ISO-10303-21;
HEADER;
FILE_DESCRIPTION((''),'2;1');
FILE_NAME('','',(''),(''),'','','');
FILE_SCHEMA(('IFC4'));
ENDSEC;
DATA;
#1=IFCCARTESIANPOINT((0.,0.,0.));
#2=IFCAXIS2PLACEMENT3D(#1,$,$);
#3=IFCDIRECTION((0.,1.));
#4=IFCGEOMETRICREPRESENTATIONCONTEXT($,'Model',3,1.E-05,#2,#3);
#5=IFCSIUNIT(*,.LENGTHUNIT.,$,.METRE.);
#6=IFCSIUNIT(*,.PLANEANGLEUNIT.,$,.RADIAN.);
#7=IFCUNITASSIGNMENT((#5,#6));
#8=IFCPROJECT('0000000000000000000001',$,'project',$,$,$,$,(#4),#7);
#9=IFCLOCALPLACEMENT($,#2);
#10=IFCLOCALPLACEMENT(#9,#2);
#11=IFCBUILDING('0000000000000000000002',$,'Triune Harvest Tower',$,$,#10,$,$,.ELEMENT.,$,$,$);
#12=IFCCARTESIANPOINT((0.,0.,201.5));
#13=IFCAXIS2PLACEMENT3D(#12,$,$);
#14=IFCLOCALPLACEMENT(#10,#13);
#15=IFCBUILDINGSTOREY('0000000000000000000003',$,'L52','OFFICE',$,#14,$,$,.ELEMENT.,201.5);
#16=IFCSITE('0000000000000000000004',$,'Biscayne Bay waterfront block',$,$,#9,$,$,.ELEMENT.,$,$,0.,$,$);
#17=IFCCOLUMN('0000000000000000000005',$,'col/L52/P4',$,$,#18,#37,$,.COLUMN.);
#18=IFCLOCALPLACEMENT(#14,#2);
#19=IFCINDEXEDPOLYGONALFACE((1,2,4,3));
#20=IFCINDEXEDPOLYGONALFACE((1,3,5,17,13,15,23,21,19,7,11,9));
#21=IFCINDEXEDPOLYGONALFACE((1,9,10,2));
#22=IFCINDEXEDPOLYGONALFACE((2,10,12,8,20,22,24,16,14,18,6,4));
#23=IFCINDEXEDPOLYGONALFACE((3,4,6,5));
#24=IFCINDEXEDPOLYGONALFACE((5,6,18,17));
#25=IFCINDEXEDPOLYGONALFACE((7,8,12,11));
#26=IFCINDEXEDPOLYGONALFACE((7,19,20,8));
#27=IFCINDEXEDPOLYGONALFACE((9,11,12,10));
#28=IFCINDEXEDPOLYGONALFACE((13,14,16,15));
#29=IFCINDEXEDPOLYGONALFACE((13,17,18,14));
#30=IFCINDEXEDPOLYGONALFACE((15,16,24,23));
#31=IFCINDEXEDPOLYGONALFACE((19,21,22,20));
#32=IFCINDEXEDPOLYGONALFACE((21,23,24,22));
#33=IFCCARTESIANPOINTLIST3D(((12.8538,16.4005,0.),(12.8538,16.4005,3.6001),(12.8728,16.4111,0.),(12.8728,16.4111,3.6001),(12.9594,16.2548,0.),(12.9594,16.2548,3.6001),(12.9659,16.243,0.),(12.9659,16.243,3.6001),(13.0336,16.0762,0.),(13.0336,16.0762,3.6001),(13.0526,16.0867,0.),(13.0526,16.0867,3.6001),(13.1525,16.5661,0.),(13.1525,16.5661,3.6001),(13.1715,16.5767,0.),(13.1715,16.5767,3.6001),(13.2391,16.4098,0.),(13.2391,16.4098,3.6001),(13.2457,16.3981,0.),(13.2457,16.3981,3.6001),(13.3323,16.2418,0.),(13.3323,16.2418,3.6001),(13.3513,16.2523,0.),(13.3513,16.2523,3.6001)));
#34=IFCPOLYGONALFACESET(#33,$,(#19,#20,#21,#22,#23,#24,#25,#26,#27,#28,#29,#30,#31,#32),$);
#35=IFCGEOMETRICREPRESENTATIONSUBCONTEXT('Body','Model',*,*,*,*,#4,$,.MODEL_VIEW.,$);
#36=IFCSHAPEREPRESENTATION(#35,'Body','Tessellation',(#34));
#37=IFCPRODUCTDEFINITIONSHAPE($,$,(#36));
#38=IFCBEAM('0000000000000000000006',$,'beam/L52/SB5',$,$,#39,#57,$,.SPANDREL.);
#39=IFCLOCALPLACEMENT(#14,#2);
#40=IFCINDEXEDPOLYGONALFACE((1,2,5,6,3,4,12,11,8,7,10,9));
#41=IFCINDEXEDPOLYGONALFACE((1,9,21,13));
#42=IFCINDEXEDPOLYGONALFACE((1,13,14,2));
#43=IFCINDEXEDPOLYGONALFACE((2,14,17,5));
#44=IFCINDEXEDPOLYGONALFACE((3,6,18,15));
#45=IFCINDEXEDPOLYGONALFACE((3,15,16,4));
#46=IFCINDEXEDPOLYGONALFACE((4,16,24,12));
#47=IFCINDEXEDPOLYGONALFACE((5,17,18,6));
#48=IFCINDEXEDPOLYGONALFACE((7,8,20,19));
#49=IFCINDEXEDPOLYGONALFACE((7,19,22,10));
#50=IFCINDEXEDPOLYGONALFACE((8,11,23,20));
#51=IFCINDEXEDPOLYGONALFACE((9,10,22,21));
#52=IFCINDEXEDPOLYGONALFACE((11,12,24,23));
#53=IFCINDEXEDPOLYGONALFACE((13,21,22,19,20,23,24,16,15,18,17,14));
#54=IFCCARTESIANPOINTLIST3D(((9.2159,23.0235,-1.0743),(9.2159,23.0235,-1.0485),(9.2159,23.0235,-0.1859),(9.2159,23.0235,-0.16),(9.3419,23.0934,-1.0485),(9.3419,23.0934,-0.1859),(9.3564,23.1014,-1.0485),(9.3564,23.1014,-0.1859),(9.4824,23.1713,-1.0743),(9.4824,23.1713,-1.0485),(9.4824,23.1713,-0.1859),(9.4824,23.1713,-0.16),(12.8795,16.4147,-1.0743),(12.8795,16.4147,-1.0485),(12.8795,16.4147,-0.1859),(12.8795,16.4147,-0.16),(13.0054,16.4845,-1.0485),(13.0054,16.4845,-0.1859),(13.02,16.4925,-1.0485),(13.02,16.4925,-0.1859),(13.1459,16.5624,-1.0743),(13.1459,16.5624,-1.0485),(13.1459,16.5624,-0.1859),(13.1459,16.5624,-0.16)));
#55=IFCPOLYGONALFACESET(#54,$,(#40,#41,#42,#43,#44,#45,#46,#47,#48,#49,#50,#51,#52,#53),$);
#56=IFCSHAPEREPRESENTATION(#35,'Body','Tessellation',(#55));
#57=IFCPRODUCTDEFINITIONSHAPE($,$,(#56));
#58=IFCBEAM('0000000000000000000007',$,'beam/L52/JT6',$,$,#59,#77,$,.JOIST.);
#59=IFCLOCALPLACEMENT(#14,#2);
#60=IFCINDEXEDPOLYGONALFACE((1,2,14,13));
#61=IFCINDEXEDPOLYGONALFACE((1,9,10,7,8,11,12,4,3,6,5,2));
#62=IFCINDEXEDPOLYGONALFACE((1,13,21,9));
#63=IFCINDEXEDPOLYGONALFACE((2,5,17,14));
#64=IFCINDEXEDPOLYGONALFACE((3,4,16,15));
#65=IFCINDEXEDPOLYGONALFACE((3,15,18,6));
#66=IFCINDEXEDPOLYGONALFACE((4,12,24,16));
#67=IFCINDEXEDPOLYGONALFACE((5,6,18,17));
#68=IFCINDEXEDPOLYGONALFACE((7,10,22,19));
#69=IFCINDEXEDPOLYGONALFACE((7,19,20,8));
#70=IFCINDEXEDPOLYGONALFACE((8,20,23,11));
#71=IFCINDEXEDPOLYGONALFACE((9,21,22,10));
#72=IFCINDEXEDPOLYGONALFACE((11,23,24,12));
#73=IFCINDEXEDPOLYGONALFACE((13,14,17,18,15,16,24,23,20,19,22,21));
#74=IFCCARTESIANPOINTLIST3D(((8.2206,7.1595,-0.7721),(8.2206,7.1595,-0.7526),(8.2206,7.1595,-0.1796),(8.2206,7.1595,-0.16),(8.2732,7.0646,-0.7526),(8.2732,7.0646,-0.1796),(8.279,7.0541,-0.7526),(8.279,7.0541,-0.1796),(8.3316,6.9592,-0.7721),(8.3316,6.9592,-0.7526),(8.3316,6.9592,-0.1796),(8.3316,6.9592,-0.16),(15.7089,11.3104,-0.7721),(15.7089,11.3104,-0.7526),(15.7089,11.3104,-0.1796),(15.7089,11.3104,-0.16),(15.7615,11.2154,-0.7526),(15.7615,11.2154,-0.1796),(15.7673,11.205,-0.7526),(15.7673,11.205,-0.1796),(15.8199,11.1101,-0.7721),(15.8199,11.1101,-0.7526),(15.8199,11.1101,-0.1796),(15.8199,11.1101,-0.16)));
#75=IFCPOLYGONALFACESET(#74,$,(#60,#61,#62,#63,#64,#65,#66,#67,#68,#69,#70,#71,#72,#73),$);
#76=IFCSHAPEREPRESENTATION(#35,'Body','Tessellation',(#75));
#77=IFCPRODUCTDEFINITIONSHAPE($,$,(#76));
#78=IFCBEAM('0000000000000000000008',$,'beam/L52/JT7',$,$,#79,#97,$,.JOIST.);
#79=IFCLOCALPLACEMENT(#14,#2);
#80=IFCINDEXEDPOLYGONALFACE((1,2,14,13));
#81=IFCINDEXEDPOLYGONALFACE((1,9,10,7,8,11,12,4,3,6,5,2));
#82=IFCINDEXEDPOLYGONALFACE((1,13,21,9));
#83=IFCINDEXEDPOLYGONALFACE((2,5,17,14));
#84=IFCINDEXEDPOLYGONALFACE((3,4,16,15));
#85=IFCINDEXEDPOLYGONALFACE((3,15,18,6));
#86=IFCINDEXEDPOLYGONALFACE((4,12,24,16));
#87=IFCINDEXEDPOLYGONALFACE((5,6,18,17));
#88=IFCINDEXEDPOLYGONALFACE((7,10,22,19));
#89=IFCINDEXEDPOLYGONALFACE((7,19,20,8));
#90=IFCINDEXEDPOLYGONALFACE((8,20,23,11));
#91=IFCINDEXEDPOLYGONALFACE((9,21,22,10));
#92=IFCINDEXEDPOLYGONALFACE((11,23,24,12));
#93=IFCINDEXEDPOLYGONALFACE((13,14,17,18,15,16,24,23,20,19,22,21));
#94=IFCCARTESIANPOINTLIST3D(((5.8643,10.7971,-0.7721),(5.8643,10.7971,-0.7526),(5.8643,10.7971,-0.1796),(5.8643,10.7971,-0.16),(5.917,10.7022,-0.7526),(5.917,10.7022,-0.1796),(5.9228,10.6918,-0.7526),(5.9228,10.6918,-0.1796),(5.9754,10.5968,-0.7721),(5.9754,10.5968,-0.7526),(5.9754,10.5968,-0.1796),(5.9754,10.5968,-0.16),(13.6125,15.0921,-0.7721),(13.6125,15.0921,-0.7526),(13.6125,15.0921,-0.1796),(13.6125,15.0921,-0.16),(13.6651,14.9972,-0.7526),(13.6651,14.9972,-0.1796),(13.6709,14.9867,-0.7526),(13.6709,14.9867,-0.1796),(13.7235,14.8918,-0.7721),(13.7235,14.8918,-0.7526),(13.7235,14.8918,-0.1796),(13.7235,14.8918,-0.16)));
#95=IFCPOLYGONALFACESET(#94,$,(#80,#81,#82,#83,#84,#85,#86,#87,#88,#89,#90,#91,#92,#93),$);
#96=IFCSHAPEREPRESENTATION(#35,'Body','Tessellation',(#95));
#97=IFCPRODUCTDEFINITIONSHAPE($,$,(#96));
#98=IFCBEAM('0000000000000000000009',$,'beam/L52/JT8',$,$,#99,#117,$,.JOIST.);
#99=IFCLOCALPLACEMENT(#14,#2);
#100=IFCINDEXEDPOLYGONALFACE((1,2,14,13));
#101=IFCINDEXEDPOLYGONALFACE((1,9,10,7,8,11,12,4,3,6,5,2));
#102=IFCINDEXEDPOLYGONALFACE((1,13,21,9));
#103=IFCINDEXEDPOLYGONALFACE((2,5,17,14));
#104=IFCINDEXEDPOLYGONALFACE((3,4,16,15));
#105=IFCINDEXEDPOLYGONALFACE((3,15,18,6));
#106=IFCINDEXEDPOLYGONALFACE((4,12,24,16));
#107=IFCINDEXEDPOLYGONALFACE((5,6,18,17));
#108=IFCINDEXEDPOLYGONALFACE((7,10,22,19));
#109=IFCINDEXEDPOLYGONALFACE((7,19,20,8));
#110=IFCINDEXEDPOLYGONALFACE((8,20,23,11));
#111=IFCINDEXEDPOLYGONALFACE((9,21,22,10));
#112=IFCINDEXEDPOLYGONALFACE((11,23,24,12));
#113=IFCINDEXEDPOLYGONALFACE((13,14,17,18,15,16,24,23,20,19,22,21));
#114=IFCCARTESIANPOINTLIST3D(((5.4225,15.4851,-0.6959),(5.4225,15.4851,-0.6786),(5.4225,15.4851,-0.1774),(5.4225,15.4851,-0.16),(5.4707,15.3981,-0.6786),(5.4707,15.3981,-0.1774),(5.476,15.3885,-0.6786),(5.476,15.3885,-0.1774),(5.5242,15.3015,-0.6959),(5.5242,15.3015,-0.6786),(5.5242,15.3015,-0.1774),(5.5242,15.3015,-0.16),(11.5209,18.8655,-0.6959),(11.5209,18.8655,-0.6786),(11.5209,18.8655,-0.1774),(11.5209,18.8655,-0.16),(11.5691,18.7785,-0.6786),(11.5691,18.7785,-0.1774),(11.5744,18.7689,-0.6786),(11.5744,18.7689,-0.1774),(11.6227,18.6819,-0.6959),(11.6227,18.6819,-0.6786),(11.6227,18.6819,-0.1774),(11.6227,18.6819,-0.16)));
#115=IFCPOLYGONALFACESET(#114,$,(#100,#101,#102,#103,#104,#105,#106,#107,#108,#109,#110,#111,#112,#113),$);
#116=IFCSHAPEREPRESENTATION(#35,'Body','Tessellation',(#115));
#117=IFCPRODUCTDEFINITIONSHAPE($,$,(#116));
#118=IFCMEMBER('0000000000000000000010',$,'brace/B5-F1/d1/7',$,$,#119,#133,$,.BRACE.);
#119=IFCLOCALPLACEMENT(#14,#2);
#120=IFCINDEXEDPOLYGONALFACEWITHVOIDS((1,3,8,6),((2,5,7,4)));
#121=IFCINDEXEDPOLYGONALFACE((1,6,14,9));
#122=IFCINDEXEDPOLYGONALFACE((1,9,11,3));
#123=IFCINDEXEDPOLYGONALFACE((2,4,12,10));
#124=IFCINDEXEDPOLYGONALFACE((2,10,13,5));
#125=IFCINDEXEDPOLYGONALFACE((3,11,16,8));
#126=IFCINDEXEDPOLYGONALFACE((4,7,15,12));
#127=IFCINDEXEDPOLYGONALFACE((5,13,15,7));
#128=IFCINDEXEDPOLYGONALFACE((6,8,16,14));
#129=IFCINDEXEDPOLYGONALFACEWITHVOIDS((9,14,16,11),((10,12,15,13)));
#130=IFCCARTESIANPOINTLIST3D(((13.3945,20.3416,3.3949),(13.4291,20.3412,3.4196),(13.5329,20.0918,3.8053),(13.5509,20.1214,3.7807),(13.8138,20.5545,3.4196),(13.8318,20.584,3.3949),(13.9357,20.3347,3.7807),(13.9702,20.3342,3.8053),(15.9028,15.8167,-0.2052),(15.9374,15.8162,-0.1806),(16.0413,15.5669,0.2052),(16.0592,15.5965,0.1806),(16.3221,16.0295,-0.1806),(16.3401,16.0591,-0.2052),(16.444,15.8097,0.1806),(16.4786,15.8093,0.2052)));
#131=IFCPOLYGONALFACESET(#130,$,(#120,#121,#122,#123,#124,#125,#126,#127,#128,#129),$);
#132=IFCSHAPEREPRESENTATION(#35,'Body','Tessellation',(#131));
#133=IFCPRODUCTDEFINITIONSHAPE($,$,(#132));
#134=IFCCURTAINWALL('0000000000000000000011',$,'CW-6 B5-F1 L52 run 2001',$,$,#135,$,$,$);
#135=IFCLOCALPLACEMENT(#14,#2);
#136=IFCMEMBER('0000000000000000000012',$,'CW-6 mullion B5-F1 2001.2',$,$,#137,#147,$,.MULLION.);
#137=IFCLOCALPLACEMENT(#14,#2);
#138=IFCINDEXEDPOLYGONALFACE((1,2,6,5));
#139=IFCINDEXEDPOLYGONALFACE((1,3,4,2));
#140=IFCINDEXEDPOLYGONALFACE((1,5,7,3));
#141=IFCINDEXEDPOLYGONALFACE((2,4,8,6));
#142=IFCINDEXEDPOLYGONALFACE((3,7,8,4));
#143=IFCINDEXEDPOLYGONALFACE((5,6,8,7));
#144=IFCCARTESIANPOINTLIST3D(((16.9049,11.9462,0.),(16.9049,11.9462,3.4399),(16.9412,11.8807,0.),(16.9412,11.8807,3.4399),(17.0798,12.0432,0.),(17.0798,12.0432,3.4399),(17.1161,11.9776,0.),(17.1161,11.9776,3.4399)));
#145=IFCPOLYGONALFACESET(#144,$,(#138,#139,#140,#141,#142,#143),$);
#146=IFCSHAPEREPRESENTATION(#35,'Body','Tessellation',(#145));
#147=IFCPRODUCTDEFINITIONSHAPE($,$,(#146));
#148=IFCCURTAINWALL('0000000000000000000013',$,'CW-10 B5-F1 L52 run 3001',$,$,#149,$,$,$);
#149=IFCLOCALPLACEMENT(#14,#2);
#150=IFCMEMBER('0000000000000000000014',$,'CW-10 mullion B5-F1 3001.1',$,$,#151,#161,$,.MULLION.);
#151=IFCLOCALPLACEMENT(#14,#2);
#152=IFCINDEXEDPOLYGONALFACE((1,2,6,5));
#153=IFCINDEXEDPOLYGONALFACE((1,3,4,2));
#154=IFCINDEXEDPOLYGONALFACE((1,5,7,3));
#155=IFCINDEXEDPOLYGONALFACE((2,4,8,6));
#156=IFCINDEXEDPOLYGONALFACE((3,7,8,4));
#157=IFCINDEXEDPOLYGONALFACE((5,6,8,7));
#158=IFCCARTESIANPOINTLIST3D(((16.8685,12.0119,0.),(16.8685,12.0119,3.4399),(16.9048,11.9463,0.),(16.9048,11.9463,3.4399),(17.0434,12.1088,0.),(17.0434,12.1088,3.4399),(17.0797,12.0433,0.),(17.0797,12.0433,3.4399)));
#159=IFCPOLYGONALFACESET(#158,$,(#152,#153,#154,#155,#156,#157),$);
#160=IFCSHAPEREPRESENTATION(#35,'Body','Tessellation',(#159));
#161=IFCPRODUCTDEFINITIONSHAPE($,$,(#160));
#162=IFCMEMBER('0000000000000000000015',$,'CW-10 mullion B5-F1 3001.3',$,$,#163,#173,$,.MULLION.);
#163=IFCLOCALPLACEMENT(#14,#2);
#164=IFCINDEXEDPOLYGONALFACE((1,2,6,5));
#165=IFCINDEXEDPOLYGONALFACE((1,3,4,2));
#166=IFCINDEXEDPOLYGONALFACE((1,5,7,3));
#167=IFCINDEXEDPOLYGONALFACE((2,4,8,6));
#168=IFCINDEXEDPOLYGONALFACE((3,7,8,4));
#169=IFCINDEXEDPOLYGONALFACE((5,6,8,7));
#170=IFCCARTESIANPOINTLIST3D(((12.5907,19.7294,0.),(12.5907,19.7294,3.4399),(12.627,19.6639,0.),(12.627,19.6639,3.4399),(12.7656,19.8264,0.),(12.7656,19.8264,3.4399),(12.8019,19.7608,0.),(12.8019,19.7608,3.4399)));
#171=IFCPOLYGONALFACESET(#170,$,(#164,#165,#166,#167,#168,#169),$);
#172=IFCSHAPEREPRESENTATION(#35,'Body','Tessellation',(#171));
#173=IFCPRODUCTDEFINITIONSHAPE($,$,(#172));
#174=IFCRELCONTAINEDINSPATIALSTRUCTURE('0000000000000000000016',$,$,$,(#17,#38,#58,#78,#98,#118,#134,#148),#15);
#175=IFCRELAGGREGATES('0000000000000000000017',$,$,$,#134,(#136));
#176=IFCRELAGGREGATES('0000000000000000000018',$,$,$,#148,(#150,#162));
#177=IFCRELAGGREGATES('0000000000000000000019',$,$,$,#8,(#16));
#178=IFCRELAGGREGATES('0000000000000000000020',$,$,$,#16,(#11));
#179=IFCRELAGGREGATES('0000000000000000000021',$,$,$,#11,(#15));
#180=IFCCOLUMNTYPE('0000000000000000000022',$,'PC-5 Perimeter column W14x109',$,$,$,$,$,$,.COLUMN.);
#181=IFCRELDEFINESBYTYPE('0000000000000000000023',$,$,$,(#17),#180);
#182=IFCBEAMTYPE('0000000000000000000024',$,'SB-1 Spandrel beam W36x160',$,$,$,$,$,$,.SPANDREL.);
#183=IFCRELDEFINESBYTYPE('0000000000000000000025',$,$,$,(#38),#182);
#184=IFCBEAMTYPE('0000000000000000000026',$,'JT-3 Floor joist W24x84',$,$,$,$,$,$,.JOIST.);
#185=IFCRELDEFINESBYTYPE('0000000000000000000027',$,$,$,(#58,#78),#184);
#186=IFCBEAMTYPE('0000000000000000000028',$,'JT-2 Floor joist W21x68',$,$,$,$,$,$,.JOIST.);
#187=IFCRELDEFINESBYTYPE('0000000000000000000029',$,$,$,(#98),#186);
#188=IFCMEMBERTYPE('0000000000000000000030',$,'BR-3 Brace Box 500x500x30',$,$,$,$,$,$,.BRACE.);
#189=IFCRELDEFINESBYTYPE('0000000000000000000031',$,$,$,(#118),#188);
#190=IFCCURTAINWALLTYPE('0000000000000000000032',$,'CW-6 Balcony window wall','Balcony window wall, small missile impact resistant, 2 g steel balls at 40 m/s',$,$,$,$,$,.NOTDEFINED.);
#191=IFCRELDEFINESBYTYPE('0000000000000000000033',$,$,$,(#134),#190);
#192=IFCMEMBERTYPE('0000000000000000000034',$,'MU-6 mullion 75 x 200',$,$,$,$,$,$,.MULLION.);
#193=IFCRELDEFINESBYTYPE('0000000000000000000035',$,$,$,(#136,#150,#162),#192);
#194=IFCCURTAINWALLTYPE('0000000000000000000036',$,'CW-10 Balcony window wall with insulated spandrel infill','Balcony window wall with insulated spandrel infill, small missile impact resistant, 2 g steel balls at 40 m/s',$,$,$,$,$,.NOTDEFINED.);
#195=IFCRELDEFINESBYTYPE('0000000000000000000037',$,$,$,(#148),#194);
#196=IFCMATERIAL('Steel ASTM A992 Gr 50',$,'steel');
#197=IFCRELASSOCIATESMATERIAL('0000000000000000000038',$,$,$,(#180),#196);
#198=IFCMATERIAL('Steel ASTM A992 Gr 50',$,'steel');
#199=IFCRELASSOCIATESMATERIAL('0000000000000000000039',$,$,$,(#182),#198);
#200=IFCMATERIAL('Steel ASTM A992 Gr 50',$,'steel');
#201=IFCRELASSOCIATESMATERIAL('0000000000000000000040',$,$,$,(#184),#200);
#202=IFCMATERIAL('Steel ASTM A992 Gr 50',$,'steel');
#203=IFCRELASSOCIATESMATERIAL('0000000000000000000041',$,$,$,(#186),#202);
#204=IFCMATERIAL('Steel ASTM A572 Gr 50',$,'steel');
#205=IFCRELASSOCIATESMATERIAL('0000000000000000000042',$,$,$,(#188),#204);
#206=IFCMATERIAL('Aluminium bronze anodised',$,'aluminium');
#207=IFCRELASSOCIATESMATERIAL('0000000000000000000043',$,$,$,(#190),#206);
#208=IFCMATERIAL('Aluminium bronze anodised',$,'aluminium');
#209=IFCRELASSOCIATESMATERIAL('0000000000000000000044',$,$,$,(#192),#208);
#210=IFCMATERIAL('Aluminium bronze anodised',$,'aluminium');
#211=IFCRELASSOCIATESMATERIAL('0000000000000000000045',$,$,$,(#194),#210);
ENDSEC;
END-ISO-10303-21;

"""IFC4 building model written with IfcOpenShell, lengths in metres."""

from ifc_helpers import new_model, si_unit, direction, frame, origin, origin_2d, place, context, subcontext, project, spatial, rectangle, hollow_rectangle, i_section, extrude, source, transform, mapped, material, material_profile, profile_set, type_object, element, aggregate, save


model = new_model("IFC4")

# Units and contexts
model_context = context("Model", 3, precision=1e-05, world=origin(), true_north=direction((0.0, 1.0)))
body_context = subcontext(model_context, "Body", "Model", "MODEL_VIEW")
ifc_project = project(units=[si_unit("LENGTHUNIT", "METRE"), si_unit("PLANEANGLEUNIT", "RADIAN")], contexts=[model_context])

# Site, building, storey
site_placement = place(None, origin())
site = spatial("IfcSite", under=ifc_project, at=site_placement, Name="Biscayne Bay waterfront block", CompositionType="ELEMENT", RefElevation=0.0)
building_placement = place(site_placement, origin())
building = spatial("IfcBuilding", under=site, at=building_placement, Name="Triune Harvest Tower", CompositionType="ELEMENT")
storey_placement = place(building_placement, frame((0.0, 0.0, 201.5)))
storey = spatial("IfcBuildingStorey", under=building, at=storey_placement, Name="L52", Description="OFFICE", CompositionType="ELEMENT", Elevation=201.5)

# Column
ifc_material_1 = material(Name="Steel ASTM A992 Gr 50", Category="steel")
ifc_material_profile_1 = material_profile(ifc_material_1, i_section(OverallWidth=0.3708, OverallDepth=0.3633, WebThickness=0.0134, FlangeThickness=0.0217, at=origin_2d()), Name="W14x109")
ifc_profile_set_1 = profile_set([ifc_material_profile_1], Name="Steel ASTM A992 Gr 50")
column_type = type_object("IfcColumnType", Name="PC-5 Perimeter column W14x109", PredefinedType="COLUMN", material=ifc_profile_set_1)
shared_shape_1 = source(origin(), body_context, "Body", "SweptSolid", [
    extrude(i_section(OverallWidth=0.3708, OverallDepth=0.3633, WebThickness=0.0134, FlangeThickness=0.0217, at=origin_2d()), origin(), (0.0, 0.0, 1.0), 3.6001),
])
column_placement = place(storey_placement, frame((13.1025, 16.3264, 0.0), z_axis=(0.0, 0.0, 1.0), x_axis=(-0.48481, 0.87462, 0.0)))
element("IfcColumn", 1, at=column_placement, inside=storey, type_object=column_type, Name="col/L52/P4", PredefinedType="COLUMN", context=body_context, shape_type="MappedRepresentation", body=[
    mapped(shared_shape_1, transform((0.0, 0.0, 0.0), scale=1.0)),
])

# Beams
ifc_material_2 = material(Name="Steel ASTM A992 Gr 50", Category="steel")
ifc_material_profile_2 = material_profile(ifc_material_2, i_section(OverallWidth=0.3047, OverallDepth=0.9143, WebThickness=0.0166, FlangeThickness=0.0259, at=origin_2d()), Name="W36x160")
ifc_profile_set_2 = profile_set([ifc_material_profile_2], Name="Steel ASTM A992 Gr 50")
beam_type_1 = type_object("IfcBeamType", Name="SB-1 Spandrel beam W36x160", PredefinedType="SPANDREL", material=ifc_profile_set_2)
shared_shape_2 = source(origin(), body_context, "Body", "SweptSolid", [
    extrude(i_section(OverallWidth=0.3047, OverallDepth=0.9143, WebThickness=0.0166, FlangeThickness=0.0259, at=origin_2d()), origin(), (0.0, 0.0, 1.0), 7.5564),
])
beam_1_placement = place(storey_placement, frame((13.0127, 16.4885, -0.6172), z_axis=(-0.484831, 0.874608, 0.0), x_axis=(-0.874608, -0.484831, 0.0)))
element("IfcBeam", 2, at=beam_1_placement, inside=storey, type_object=beam_type_1, Name="beam/L52/SB5", PredefinedType="SPANDREL", context=body_context, shape_type="MappedRepresentation", body=[
    mapped(shared_shape_2, transform((0.0, 0.0, 0.0), scale=1.0)),
])
ifc_material_3 = material(Name="Steel ASTM A992 Gr 50", Category="steel")
ifc_material_profile_3 = material_profile(ifc_material_3, i_section(OverallWidth=0.229, OverallDepth=0.6121, WebThickness=0.012, FlangeThickness=0.0195, at=origin_2d()), Name="W24x84")
ifc_profile_set_3 = profile_set([ifc_material_profile_3], Name="Steel ASTM A992 Gr 50")
beam_type_2 = type_object("IfcBeamType", Name="JT-3 Floor joist W24x84", PredefinedType="JOIST", material=ifc_profile_set_3)
shared_shape_3 = source(origin(), body_context, "Body", "SweptSolid", [
    extrude(i_section(OverallWidth=0.229, OverallDepth=0.6121, WebThickness=0.012, FlangeThickness=0.0195, at=origin_2d()), origin(), (0.0, 0.0, 1.0), 8.5618),
])
beam_2_placement = place(storey_placement, frame((15.7644, 11.2102, -0.4661), z_axis=(-0.874617, -0.484815, 0.0), x_axis=(0.484815, -0.874617, 0.0)))
element("IfcBeam", 3, at=beam_2_placement, inside=storey, type_object=beam_type_2, Name="beam/L52/JT6", PredefinedType="JOIST", context=body_context, shape_type="MappedRepresentation", body=[
    mapped(shared_shape_3, transform((0.0, 0.0, 0.0), scale=1.0)),
])
shared_shape_4 = source(origin(), body_context, "Body", "SweptSolid", [
    extrude(i_section(OverallWidth=0.229, OverallDepth=0.6121, WebThickness=0.012, FlangeThickness=0.0195, at=origin_2d()), origin(), (0.0, 0.0, 1.0), 8.8589),
])
beam_3_placement = place(storey_placement, frame((13.668, 14.9919, -0.4661), z_axis=(-0.874614, -0.484819, 0.0), x_axis=(0.484819, -0.874614, 0.0)))
element("IfcBeam", 4, at=beam_3_placement, inside=storey, type_object=beam_type_2, Name="beam/L52/JT7", PredefinedType="JOIST", context=body_context, shape_type="MappedRepresentation", body=[
    mapped(shared_shape_4, transform((0.0, 0.0, 0.0), scale=1.0)),
])
ifc_material_4 = material(Name="Steel ASTM A992 Gr 50", Category="steel")
ifc_material_profile_4 = material_profile(ifc_material_4, i_section(OverallWidth=0.21, OverallDepth=0.5359, WebThickness=0.011, FlangeThickness=0.0173, at=origin_2d()), Name="W21x68")
ifc_profile_set_4 = profile_set([ifc_material_profile_4], Name="Steel ASTM A992 Gr 50")
beam_type_3 = type_object("IfcBeamType", Name="JT-2 Floor joist W21x68", PredefinedType="JOIST", material=ifc_profile_set_4)
shared_shape_5 = source(origin(), body_context, "Body", "SweptSolid", [
    extrude(i_section(OverallWidth=0.21, OverallDepth=0.5359, WebThickness=0.011, FlangeThickness=0.0173, at=origin_2d()), origin(), (0.0, 0.0, 1.0), 6.9727),
])
beam_4_placement = place(storey_placement, frame((11.5718, 18.7737, -0.428), z_axis=(-0.874621, -0.484807, 0.0), x_axis=(0.484807, -0.874621, 0.0)))
element("IfcBeam", 5, at=beam_4_placement, inside=storey, type_object=beam_type_3, Name="beam/L52/JT8", PredefinedType="JOIST", context=body_context, shape_type="MappedRepresentation", body=[
    mapped(shared_shape_5, transform((0.0, 0.0, 0.0), scale=1.0)),
])

# Member
ifc_material_5 = material(Name="Steel ASTM A572 Gr 50", Category="steel")
ifc_material_profile_5 = material_profile(ifc_material_5, hollow_rectangle(XDim=0.5, YDim=0.5, WallThickness=0.03, at=origin_2d()), Name="Box 500x500x30")
ifc_profile_set_5 = profile_set([ifc_material_profile_5], Name="Steel ASTM A572 Gr 50")
member_type_1 = type_object("IfcMemberType", Name="BR-3 Brace Box 500x500x30", PredefinedType="BRACE", material=ifc_profile_set_5)
shared_shape_6 = source(origin(), body_context, "Body", "SweptSolid", [
    extrude(hollow_rectangle(XDim=0.5, YDim=0.5, WallThickness=0.03, at=origin_2d()), origin(), (0.0, 0.0, 1.0), 6.303),
])
member_1_placement = place(storey_placement, frame((16.1907, 15.813, 0.0), z_axis=(-0.397957, 0.717904, 0.571178), x_axis=(-0.874611, -0.484825, 0.0)))
element("IfcMember", 6, at=member_1_placement, inside=storey, type_object=member_type_1, Name="brace/B5-F1/d1/7", PredefinedType="BRACE", context=body_context, shape_type="MappedRepresentation", body=[
    mapped(shared_shape_6, transform((0.0, 0.0, 0.0), scale=1.0)),
])

# Curtain wall, member
ifc_material_6 = material(Name="Aluminium bronze anodised", Category="aluminium")
curtain_wall_type_1 = type_object("IfcCurtainWallType", Name="CW-6 Balcony window wall", Description="Balcony window wall, small missile impact resistant, 2 g steel balls at 40 m/s", PredefinedType="NOTDEFINED", material=ifc_material_6)
curtain_wall_1_placement = place(storey_placement, origin())
curtain_wall_1 = element("IfcCurtainWall", 7, at=curtain_wall_1_placement, inside=storey, type_object=curtain_wall_type_1, Name="CW-6 B5-F1 L52 run 2001")
ifc_material_7 = material(Name="Aluminium bronze anodised", Category="aluminium")
ifc_material_profile_6 = material_profile(ifc_material_7, rectangle(XDim=0.2, YDim=0.075, at=origin_2d()), Name="MU-6 mullion 75 x 200")
ifc_profile_set_6 = profile_set([ifc_material_profile_6], Name="Aluminium bronze anodised")
member_type_2 = type_object("IfcMemberType", Name="MU-6 mullion 75 x 200", PredefinedType="MULLION", material=ifc_profile_set_6)
shared_shape_7 = source(origin(), body_context, "Body", "SweptSolid", [
    extrude(rectangle(XDim=0.2, YDim=0.075, at=origin_2d()), origin(), (0.0, 0.0, 1.0), 3.4399),
])
member_2_placement = place(storey_placement, frame((17.0105, 11.9619, 0.0), z_axis=(0.0, 0.0, 1.0), x_axis=(-0.874624, -0.484801, 0.0)))
member_2 = element("IfcMember", 8, at=member_2_placement, type_object=member_type_2, Name="CW-6 mullion B5-F1 2001.2", PredefinedType="MULLION", context=body_context, shape_type="MappedRepresentation", body=[
    mapped(shared_shape_7, transform((0.0, 0.0, 0.0), scale=1.0)),
])
aggregate(curtain_wall_1, [member_2])

# Curtain wall, members
ifc_material_8 = material(Name="Aluminium bronze anodised", Category="aluminium")
curtain_wall_type_2 = type_object("IfcCurtainWallType", Name="CW-10 Balcony window wall with insulated spandrel infill", Description="Balcony window wall with insulated spandrel infill, small missile impact resistant, 2 g steel balls at 40 m/s", PredefinedType="NOTDEFINED", material=ifc_material_8)
curtain_wall_2_placement = place(storey_placement, origin())
curtain_wall_2 = element("IfcCurtainWall", 9, at=curtain_wall_2_placement, inside=storey, type_object=curtain_wall_type_2, Name="CW-10 B5-F1 L52 run 3001")
member_3_placement = place(storey_placement, frame((16.9741, 12.0276, 0.0), z_axis=(0.0, 0.0, 1.0), x_axis=(-0.874618, -0.484813, 0.0)))
member_3 = element("IfcMember", 10, at=member_3_placement, type_object=member_type_2, Name="CW-10 mullion B5-F1 3001.1", PredefinedType="MULLION", context=body_context, shape_type="MappedRepresentation", body=[
    mapped(shared_shape_7, transform((0.0, 0.0, 0.0), scale=1.0)),
])
member_4_placement = place(storey_placement, frame((12.6963, 19.7451, 0.0), z_axis=(0.0, 0.0, 1.0), x_axis=(-0.874618, -0.484813, 0.0)))
member_4 = element("IfcMember", 11, at=member_4_placement, type_object=member_type_2, Name="CW-10 mullion B5-F1 3001.3", PredefinedType="MULLION", context=body_context, shape_type="MappedRepresentation", body=[
    mapped(shared_shape_7, transform((0.0, 0.0, 0.0), scale=1.0)),
])

aggregate(curtain_wall_2, [member_3, member_4])

save(model, "model.ifc")
